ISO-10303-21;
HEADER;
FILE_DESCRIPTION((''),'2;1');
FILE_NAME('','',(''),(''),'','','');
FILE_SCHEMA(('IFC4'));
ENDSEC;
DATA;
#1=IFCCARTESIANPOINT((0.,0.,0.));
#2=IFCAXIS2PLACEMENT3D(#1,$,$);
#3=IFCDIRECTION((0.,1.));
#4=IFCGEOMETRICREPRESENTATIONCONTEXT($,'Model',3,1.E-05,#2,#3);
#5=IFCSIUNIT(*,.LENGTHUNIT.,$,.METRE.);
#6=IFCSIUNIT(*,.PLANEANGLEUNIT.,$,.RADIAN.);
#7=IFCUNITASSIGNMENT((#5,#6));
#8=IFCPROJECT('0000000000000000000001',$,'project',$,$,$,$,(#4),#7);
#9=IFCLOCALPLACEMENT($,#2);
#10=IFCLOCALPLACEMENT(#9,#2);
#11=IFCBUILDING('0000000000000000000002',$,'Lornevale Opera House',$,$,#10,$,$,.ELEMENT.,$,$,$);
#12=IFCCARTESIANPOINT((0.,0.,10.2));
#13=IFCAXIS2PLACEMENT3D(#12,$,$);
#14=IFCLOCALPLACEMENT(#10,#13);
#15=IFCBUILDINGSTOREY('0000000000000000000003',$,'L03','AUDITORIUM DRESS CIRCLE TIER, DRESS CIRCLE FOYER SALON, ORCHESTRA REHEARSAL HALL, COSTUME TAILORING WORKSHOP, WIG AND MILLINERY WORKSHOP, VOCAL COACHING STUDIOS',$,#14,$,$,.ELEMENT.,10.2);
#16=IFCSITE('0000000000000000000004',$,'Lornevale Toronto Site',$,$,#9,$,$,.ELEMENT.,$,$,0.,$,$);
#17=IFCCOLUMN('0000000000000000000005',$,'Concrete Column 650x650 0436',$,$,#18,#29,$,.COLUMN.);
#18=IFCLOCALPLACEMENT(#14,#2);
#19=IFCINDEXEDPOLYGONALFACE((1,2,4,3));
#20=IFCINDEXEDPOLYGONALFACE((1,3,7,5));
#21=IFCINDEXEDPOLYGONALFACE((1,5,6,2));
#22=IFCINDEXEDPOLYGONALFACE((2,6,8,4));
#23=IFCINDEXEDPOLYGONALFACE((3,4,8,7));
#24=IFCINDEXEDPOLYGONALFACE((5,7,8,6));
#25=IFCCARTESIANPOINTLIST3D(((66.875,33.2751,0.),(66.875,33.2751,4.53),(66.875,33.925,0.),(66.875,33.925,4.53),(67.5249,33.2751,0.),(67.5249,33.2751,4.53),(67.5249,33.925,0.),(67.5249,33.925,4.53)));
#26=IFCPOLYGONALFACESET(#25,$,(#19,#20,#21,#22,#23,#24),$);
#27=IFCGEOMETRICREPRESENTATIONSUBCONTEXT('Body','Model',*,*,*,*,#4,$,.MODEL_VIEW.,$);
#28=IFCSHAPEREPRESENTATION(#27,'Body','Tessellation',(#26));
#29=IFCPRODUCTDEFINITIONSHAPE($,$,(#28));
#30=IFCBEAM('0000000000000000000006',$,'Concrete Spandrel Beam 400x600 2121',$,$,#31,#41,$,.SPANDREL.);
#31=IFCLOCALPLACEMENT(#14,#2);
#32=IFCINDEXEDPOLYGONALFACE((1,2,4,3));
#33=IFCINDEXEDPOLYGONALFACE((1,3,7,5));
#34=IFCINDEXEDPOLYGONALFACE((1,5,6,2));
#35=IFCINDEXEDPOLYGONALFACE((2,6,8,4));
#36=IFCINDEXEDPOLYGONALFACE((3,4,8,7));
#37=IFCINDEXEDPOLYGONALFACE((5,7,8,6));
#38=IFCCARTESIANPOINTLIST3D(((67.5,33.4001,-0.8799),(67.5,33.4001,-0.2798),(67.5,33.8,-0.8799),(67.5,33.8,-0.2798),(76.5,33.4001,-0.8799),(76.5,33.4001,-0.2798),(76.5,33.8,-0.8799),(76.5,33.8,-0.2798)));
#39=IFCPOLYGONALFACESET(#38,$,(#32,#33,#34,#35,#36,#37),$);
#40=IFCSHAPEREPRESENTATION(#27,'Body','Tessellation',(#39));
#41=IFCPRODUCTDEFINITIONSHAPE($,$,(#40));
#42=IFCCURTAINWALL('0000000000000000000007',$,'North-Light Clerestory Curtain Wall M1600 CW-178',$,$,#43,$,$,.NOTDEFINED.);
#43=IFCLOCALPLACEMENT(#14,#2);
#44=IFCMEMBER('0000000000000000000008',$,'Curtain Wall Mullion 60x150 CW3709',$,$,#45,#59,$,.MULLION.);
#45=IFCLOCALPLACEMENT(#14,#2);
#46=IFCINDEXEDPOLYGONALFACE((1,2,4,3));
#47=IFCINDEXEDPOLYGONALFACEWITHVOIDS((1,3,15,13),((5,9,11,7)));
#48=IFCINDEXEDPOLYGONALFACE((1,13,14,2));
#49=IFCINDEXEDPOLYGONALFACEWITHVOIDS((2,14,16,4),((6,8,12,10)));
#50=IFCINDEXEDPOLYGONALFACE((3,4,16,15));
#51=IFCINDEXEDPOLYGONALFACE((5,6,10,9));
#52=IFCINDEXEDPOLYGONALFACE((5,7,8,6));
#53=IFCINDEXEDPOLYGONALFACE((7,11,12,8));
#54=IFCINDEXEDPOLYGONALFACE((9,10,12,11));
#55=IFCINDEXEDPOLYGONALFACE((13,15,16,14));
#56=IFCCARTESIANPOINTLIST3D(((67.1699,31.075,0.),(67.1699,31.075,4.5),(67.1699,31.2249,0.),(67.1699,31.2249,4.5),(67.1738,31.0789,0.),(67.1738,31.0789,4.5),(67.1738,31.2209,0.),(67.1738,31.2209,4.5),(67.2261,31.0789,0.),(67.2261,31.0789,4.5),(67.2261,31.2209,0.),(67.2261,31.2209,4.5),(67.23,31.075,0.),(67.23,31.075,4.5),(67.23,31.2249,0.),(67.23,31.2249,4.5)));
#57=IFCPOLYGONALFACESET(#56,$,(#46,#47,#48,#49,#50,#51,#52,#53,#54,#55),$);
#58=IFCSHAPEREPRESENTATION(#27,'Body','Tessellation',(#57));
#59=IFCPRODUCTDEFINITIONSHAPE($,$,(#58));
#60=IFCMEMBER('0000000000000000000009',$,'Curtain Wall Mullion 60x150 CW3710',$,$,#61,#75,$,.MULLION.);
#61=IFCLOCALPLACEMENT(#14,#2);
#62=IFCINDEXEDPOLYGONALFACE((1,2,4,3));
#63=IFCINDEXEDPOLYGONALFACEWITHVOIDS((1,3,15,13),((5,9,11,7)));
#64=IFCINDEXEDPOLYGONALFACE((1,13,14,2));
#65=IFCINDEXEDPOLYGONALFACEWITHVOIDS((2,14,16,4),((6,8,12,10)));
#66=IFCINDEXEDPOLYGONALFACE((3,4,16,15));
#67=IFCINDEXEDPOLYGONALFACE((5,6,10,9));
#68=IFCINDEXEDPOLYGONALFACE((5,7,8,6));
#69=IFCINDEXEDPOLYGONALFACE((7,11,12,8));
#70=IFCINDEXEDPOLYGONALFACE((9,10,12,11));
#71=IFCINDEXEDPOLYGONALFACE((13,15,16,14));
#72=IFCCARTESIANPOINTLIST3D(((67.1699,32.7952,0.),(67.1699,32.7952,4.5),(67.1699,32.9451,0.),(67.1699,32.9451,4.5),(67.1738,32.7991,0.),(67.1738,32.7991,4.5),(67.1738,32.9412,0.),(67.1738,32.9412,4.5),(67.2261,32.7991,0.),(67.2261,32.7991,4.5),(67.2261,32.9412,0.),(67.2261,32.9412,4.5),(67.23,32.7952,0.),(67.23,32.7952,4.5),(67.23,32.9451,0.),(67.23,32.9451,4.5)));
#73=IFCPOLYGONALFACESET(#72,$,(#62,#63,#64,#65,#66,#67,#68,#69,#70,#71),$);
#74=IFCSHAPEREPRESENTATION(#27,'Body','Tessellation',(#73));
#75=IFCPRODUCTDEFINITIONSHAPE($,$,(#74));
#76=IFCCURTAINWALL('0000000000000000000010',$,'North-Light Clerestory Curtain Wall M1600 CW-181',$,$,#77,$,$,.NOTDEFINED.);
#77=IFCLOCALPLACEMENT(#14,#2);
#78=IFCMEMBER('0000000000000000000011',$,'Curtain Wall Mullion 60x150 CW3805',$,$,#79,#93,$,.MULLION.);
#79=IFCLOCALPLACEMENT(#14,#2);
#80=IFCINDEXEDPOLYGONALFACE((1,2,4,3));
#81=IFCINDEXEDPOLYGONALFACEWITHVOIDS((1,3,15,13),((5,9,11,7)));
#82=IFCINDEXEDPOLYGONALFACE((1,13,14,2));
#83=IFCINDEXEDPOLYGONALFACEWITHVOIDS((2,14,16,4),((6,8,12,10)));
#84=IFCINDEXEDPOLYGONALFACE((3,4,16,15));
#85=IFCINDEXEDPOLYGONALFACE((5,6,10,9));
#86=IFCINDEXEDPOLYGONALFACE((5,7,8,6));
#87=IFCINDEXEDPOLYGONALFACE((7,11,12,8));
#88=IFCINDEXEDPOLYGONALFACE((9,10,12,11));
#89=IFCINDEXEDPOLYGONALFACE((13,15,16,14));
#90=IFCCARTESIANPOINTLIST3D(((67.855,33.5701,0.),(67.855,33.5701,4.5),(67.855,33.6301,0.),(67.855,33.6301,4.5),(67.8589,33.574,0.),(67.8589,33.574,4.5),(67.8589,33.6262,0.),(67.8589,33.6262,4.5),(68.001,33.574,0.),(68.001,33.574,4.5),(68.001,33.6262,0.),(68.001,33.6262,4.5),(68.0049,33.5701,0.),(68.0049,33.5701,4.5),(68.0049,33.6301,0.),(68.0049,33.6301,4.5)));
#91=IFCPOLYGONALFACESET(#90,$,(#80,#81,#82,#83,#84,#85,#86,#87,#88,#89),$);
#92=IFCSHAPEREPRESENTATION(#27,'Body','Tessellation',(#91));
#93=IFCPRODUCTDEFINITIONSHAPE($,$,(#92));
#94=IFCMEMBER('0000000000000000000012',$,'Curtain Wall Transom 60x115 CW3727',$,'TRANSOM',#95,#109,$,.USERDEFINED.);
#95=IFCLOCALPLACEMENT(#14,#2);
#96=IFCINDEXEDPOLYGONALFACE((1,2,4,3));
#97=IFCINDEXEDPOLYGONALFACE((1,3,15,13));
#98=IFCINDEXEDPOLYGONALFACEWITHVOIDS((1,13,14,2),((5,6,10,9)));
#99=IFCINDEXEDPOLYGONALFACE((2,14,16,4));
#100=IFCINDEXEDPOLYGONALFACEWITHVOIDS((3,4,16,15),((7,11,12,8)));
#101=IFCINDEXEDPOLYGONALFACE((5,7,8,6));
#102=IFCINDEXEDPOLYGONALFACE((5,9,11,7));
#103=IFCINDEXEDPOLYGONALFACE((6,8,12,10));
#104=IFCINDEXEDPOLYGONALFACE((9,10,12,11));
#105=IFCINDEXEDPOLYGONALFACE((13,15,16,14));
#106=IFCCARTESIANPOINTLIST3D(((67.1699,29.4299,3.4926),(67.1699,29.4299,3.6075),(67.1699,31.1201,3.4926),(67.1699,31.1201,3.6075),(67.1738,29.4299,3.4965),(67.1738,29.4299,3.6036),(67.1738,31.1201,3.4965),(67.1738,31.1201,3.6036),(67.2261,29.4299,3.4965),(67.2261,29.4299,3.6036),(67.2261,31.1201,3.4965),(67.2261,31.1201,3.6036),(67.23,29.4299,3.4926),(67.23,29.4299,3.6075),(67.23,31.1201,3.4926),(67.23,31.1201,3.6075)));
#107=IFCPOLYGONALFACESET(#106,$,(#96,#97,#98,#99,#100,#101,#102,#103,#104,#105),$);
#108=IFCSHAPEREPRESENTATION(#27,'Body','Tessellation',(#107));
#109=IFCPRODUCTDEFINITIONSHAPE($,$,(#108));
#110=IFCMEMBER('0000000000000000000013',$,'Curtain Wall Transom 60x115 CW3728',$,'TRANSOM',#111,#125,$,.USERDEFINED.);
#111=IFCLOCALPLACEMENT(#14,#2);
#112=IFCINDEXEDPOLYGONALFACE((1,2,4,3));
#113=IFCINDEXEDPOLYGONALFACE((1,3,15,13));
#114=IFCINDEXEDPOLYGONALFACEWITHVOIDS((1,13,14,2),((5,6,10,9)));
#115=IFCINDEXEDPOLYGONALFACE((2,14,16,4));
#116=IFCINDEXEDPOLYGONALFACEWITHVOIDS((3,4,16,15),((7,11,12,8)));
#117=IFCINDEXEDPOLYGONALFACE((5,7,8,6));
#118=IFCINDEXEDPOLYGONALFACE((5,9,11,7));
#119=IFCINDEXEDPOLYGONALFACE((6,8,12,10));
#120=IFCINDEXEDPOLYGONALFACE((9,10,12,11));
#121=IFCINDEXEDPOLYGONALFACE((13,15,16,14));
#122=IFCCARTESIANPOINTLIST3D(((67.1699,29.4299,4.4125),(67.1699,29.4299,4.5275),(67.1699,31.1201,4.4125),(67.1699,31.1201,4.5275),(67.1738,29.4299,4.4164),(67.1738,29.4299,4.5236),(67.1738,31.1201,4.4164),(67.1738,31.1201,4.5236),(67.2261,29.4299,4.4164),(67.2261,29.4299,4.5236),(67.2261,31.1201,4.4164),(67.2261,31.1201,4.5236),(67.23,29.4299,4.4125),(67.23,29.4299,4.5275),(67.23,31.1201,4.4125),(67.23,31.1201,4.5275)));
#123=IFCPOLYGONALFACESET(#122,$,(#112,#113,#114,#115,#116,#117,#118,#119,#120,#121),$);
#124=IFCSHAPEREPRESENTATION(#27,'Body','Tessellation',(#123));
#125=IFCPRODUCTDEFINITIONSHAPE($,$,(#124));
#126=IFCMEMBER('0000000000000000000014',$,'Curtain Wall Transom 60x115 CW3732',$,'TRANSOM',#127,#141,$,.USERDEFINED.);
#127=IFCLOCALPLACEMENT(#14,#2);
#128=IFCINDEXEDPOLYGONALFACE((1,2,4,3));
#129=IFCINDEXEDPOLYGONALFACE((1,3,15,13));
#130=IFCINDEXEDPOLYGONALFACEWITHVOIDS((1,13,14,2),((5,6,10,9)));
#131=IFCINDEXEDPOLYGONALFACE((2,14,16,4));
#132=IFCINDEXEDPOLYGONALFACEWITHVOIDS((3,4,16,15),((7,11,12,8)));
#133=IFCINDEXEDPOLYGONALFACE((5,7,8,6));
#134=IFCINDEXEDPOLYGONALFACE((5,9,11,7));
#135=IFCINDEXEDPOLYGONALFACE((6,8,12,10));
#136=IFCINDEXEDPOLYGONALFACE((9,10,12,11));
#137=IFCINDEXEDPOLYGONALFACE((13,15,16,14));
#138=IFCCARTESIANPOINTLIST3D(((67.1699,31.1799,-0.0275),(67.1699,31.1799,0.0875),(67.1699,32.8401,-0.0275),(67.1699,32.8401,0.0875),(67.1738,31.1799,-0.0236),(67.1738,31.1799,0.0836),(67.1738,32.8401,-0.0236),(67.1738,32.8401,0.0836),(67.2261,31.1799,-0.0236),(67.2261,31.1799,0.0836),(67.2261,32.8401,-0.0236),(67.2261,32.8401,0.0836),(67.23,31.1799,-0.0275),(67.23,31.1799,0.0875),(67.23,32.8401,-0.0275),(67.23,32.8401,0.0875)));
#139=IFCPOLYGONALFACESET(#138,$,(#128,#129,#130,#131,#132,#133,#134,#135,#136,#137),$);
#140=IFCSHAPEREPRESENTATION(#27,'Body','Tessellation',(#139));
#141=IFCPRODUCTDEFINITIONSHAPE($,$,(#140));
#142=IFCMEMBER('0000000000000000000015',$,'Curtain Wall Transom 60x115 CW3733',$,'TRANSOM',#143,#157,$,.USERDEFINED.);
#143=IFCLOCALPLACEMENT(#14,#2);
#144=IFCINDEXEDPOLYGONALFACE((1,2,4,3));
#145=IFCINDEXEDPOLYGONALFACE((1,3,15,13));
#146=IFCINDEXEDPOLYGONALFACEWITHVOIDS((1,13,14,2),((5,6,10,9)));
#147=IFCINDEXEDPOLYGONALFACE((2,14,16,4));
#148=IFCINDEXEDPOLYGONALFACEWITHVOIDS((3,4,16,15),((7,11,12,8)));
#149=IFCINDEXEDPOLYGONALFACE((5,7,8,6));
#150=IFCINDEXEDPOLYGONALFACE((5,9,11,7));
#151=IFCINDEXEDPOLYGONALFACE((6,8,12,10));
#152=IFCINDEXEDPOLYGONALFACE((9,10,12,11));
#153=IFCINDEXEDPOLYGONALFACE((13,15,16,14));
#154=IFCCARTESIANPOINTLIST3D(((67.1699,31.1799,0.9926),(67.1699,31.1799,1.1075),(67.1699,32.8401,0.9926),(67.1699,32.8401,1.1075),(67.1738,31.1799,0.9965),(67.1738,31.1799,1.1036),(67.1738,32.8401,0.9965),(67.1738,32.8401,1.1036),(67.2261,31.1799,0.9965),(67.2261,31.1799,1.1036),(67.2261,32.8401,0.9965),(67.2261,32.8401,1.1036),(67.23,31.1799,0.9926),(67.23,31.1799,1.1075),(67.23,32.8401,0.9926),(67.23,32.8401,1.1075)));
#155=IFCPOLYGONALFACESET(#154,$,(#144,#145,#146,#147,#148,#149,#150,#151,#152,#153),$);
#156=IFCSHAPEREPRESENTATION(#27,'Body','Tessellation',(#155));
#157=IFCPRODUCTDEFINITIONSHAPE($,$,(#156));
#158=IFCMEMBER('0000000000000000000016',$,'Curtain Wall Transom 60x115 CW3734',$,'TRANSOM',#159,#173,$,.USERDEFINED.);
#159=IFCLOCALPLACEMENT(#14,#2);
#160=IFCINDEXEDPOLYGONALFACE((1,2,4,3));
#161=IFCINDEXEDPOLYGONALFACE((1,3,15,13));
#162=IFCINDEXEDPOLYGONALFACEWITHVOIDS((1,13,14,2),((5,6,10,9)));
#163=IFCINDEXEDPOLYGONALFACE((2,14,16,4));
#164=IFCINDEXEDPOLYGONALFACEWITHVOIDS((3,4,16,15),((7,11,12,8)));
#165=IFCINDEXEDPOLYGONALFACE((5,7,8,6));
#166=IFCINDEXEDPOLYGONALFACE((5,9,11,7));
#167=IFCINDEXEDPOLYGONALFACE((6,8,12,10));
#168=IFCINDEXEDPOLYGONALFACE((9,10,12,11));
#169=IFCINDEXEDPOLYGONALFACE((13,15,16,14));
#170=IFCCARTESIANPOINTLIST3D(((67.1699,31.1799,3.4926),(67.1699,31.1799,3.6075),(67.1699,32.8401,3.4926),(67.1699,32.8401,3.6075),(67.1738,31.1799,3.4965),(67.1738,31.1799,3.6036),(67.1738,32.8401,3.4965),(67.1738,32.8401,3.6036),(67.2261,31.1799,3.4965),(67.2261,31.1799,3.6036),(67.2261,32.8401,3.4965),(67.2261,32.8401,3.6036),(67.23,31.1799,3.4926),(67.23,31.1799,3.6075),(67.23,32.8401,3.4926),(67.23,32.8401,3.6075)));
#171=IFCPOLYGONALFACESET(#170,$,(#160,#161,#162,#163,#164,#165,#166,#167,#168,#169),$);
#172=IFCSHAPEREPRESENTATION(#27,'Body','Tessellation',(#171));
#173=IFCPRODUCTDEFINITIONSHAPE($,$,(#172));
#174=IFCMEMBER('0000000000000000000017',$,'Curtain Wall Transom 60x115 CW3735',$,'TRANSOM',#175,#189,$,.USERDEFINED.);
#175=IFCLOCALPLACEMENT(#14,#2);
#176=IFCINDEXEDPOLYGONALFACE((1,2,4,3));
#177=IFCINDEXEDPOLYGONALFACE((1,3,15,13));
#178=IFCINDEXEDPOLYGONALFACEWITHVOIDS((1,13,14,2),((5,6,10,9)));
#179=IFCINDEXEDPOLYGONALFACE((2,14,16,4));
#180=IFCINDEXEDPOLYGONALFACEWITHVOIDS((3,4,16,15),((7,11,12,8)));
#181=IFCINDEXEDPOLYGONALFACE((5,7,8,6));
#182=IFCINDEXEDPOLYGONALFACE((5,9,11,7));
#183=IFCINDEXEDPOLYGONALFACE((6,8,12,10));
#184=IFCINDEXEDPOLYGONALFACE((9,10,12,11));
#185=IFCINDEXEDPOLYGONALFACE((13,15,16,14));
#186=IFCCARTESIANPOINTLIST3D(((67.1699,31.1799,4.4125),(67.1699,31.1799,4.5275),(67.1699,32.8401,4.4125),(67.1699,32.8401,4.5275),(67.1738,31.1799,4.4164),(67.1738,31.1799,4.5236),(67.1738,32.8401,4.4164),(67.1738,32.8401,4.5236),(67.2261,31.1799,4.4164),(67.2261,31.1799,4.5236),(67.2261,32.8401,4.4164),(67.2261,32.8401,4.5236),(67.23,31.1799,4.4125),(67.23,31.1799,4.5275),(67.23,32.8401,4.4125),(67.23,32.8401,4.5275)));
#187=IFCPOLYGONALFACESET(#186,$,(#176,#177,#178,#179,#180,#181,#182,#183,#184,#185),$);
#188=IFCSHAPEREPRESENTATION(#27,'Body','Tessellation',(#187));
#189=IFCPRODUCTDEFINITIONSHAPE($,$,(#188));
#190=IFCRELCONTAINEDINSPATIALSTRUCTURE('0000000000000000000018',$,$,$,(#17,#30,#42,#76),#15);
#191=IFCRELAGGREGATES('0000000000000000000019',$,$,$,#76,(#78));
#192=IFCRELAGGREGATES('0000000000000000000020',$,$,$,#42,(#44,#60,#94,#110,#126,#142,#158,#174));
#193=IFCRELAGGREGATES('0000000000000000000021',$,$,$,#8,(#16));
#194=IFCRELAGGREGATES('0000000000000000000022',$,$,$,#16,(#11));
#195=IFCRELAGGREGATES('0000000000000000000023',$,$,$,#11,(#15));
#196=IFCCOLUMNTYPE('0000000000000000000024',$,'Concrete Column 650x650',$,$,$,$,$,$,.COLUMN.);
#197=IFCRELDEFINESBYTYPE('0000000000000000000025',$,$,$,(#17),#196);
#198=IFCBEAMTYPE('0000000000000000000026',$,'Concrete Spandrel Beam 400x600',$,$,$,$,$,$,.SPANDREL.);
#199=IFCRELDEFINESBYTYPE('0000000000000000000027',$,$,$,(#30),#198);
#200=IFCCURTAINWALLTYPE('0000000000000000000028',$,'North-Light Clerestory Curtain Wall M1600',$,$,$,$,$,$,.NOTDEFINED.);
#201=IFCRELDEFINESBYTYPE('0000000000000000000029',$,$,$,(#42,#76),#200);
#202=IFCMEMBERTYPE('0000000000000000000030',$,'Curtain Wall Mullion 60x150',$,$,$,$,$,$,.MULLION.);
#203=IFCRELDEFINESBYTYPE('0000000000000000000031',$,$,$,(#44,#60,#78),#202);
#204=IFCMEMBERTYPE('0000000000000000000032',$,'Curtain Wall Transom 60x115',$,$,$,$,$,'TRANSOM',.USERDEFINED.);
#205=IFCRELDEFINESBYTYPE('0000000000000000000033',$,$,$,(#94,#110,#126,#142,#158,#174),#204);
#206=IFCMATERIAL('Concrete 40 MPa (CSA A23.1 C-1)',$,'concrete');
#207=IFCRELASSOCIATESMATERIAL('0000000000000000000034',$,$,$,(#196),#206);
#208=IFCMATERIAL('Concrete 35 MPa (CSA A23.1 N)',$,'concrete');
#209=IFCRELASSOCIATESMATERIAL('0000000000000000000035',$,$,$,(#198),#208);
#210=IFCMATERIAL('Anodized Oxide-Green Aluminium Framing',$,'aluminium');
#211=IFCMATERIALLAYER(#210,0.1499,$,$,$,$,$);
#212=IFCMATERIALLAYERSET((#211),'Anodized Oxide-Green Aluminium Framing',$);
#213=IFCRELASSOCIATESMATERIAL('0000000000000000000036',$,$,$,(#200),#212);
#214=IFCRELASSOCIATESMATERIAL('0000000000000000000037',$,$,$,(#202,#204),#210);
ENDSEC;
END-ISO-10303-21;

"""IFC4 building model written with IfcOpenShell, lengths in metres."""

from ifc_helpers import new_model, si_unit, direction, frame, origin, origin_2d, place, context, subcontext, project, spatial, rectangle, hollow_rectangle, extrude, material, layer, layer_set, material_profile, profile_set, type_object, element, aggregate, save


model = new_model("IFC4")

# Units and contexts
model_context = context("Model", 3, precision=1e-05, world=origin(), true_north=direction((0.0, 1.0)))
body_context = subcontext(model_context, "Body", "Model", "MODEL_VIEW")
ifc_project = project(units=[si_unit("LENGTHUNIT", "METRE"), si_unit("PLANEANGLEUNIT", "RADIAN")], contexts=[model_context])

# Site, building, storey
site_placement = place(None, origin())
site = spatial("IfcSite", under=ifc_project, at=site_placement, Name="Lornevale Toronto Site", CompositionType="ELEMENT", RefElevation=0.0)
building_placement = place(site_placement, origin())
building = spatial("IfcBuilding", under=site, at=building_placement, Name="Lornevale Opera House", CompositionType="ELEMENT")
storey_placement = place(building_placement, frame((0.0, 0.0, 10.2)))
storey = spatial("IfcBuildingStorey", under=building, at=storey_placement, Name="L03", Description="AUDITORIUM DRESS CIRCLE TIER, DRESS CIRCLE FOYER SALON, ORCHESTRA REHEARSAL HALL, COSTUME TAILORING WORKSHOP, WIG AND MILLINERY WORKSHOP, VOCAL COACHING STUDIOS", CompositionType="ELEMENT", Elevation=10.2)

# Column
ifc_material_1 = material(Name="Concrete 40 MPa (CSA A23.1 C-1)", Category="concrete")
ifc_material_profile_1 = material_profile(ifc_material_1, rectangle(XDim=0.6499, YDim=0.6499, at=origin_2d()), Name="RC650x650")
ifc_profile_set_1 = profile_set([ifc_material_profile_1], Name="Concrete 40 MPa (CSA A23.1 C-1)")
column_type = type_object("IfcColumnType", Name="Concrete Column 650x650", PredefinedType="COLUMN", material=ifc_profile_set_1)
column_placement = place(storey_placement, frame((67.2, 33.6001, 0.0), z_axis=(0.0, 0.0, 1.0), x_axis=(1.0, 0.0, 0.0)))
element("IfcColumn", 1, at=column_placement, inside=storey, type_object=column_type, Name="Concrete Column 650x650 0436", PredefinedType="COLUMN", context=body_context, shape_type="SweptSolid", body=[
    extrude(rectangle(XDim=0.6499, YDim=0.6499, at=origin_2d()), origin(), (0.0, 0.0, 1.0), 4.53),
])

# Beam
ifc_material_2 = material(Name="Concrete 35 MPa (CSA A23.1 N)", Category="concrete")
ifc_material_profile_2 = material_profile(ifc_material_2, rectangle(XDim=0.3999, YDim=0.6001, at=origin_2d()), Name="RC400x600")
ifc_profile_set_2 = profile_set([ifc_material_profile_2], Name="Concrete 35 MPa (CSA A23.1 N)")
beam_type = type_object("IfcBeamType", Name="Concrete Spandrel Beam 400x600", PredefinedType="SPANDREL", material=ifc_profile_set_2)
beam_placement = place(storey_placement, frame((67.5, 33.6001, -0.5798), z_axis=(1.0, 0.0, 0.0), x_axis=(0.0, 1.0, 0.0)))
element("IfcBeam", 2, at=beam_placement, inside=storey, type_object=beam_type, Name="Concrete Spandrel Beam 400x600 2121", PredefinedType="SPANDREL", context=body_context, shape_type="SweptSolid", body=[
    extrude(rectangle(XDim=0.3999, YDim=0.6001, at=origin_2d()), origin(), (0.0, 0.0, 1.0), 9.0),
])

# Curtain wall, members
ifc_material_3 = material(Name="Anodized Oxide-Green Aluminium Framing", Category="aluminium")
ifc_layer_1 = layer(ifc_material_3, 0.1499)
ifc_layer_set_1 = layer_set([ifc_layer_1], Name="Anodized Oxide-Green Aluminium Framing")
curtain_wall_type = type_object("IfcCurtainWallType", Name="North-Light Clerestory Curtain Wall M1600", PredefinedType="NOTDEFINED", material=ifc_layer_set_1)
curtain_wall_1_placement = place(storey_placement, origin())
curtain_wall_1 = element("IfcCurtainWall", 3, at=curtain_wall_1_placement, inside=storey, type_object=curtain_wall_type, Name="North-Light Clerestory Curtain Wall M1600 CW-178", PredefinedType="NOTDEFINED")
ifc_material_profile_3 = material_profile(ifc_material_3, hollow_rectangle(XDim=0.0601, YDim=0.1499, WallThickness=0.0039, at=origin_2d()), Name="ALU60x150x4")
ifc_profile_set_3 = profile_set([ifc_material_profile_3], Name="Anodized Oxide-Green Aluminium Framing")
member_type_1 = type_object("IfcMemberType", Name="Curtain Wall Mullion 60x150", PredefinedType="MULLION", material=ifc_profile_set_3)
member_1_placement = place(storey_placement, frame((67.2, 31.1499, 0.0), z_axis=(0.0, 0.0, 1.0), x_axis=(-1.0, 0.0, 0.0)))
member_1 = element("IfcMember", 4, at=member_1_placement, type_object=member_type_1, Name="Curtain Wall Mullion 60x150 CW3709", PredefinedType="MULLION", context=body_context, shape_type="SweptSolid", body=[
    extrude(hollow_rectangle(XDim=0.0601, YDim=0.1499, WallThickness=0.0039, at=origin_2d()), origin(), (0.0, 0.0, 1.0), 4.5),
])
member_2_placement = place(storey_placement, frame((67.2, 32.8701, 0.0), z_axis=(0.0, 0.0, 1.0), x_axis=(-1.0, 0.0, 0.0)))
member_2 = element("IfcMember", 5, at=member_2_placement, type_object=member_type_1, Name="Curtain Wall Mullion 60x150 CW3710", PredefinedType="MULLION", context=body_context, shape_type="SweptSolid", body=[
    extrude(hollow_rectangle(XDim=0.0601, YDim=0.1499, WallThickness=0.0039, at=origin_2d()), origin(), (0.0, 0.0, 1.0), 4.5),
])

# Curtain wall, member
curtain_wall_2_placement = place(storey_placement, origin())
curtain_wall_2 = element("IfcCurtainWall", 6, at=curtain_wall_2_placement, inside=storey, type_object=curtain_wall_type, Name="North-Light Clerestory Curtain Wall M1600 CW-181", PredefinedType="NOTDEFINED")
member_3_placement = place(storey_placement, frame((67.9299, 33.6001, 0.0), z_axis=(0.0, 0.0, 1.0), x_axis=(0.0, 1.0, 0.0)))
member_3 = element("IfcMember", 7, at=member_3_placement, type_object=member_type_1, Name="Curtain Wall Mullion 60x150 CW3805", PredefinedType="MULLION", context=body_context, shape_type="SweptSolid", body=[
    extrude(hollow_rectangle(XDim=0.0601, YDim=0.1499, WallThickness=0.0039, at=origin_2d()), origin(), (0.0, 0.0, 1.0), 4.5),
])

# Members
ifc_material_profile_4 = material_profile(ifc_material_3, hollow_rectangle(XDim=0.0601, YDim=0.115, WallThickness=0.0039, at=origin_2d()), Name="ALU60x115x4")
ifc_profile_set_4 = profile_set([ifc_material_profile_4], Name="Anodized Oxide-Green Aluminium Framing")
member_type_2 = type_object("IfcMemberType", Name="Curtain Wall Transom 60x115", ElementType="TRANSOM", PredefinedType="USERDEFINED", material=ifc_profile_set_4)
member_4_placement = place(storey_placement, frame((67.2, 29.4299, 3.55), z_axis=(0.0, 1.0, 0.0), x_axis=(-1.0, 0.0, 0.0)))
member_4 = element("IfcMember", 8, at=member_4_placement, type_object=member_type_2, Name="Curtain Wall Transom 60x115 CW3727", ObjectType="TRANSOM", PredefinedType="USERDEFINED", context=body_context, shape_type="SweptSolid", body=[
    extrude(hollow_rectangle(XDim=0.0601, YDim=0.115, WallThickness=0.0039, at=origin_2d()), origin(), (0.0, 0.0, 1.0), 1.6902),
])
member_5_placement = place(storey_placement, frame((67.2, 29.4299, 4.47), z_axis=(0.0, 1.0, 0.0), x_axis=(-1.0, 0.0, 0.0)))
member_5 = element("IfcMember", 9, at=member_5_placement, type_object=member_type_2, Name="Curtain Wall Transom 60x115 CW3728", ObjectType="TRANSOM", PredefinedType="USERDEFINED", context=body_context, shape_type="SweptSolid", body=[
    extrude(hollow_rectangle(XDim=0.0601, YDim=0.115, WallThickness=0.0039, at=origin_2d()), origin(), (0.0, 0.0, 1.0), 1.6902),
])
member_6_placement = place(storey_placement, frame((67.2, 31.1799, 0.03), z_axis=(0.0, 1.0, 0.0), x_axis=(-1.0, 0.0, 0.0)))
member_6 = element("IfcMember", 10, at=member_6_placement, type_object=member_type_2, Name="Curtain Wall Transom 60x115 CW3732", ObjectType="TRANSOM", PredefinedType="USERDEFINED", context=body_context, shape_type="SweptSolid", body=[
    extrude(hollow_rectangle(XDim=0.0601, YDim=0.115, WallThickness=0.0039, at=origin_2d()), origin(), (0.0, 0.0, 1.0), 1.6602),
])
member_7_placement = place(storey_placement, frame((67.2, 31.1799, 1.05), z_axis=(0.0, 1.0, 0.0), x_axis=(-1.0, 0.0, 0.0)))
member_7 = element("IfcMember", 11, at=member_7_placement, type_object=member_type_2, Name="Curtain Wall Transom 60x115 CW3733", ObjectType="TRANSOM", PredefinedType="USERDEFINED", context=body_context, shape_type="SweptSolid", body=[
    extrude(hollow_rectangle(XDim=0.0601, YDim=0.115, WallThickness=0.0039, at=origin_2d()), origin(), (0.0, 0.0, 1.0), 1.6602),
])
member_8_placement = place(storey_placement, frame((67.2, 31.1799, 3.55), z_axis=(0.0, 1.0, 0.0), x_axis=(-1.0, 0.0, 0.0)))
member_8 = element("IfcMember", 12, at=member_8_placement, type_object=member_type_2, Name="Curtain Wall Transom 60x115 CW3734", ObjectType="TRANSOM", PredefinedType="USERDEFINED", context=body_context, shape_type="SweptSolid", body=[
    extrude(hollow_rectangle(XDim=0.0601, YDim=0.115, WallThickness=0.0039, at=origin_2d()), origin(), (0.0, 0.0, 1.0), 1.6602),
])
member_9_placement = place(storey_placement, frame((67.2, 31.1799, 4.47), z_axis=(0.0, 1.0, 0.0), x_axis=(-1.0, 0.0, 0.0)))
member_9 = element("IfcMember", 13, at=member_9_placement, type_object=member_type_2, Name="Curtain Wall Transom 60x115 CW3735", ObjectType="TRANSOM", PredefinedType="USERDEFINED", context=body_context, shape_type="SweptSolid", body=[
    extrude(hollow_rectangle(XDim=0.0601, YDim=0.115, WallThickness=0.0039, at=origin_2d()), origin(), (0.0, 0.0, 1.0), 1.6602),
])
aggregate(curtain_wall_2, [member_3])

aggregate(curtain_wall_1, [member_1, member_2, member_4, member_5, member_6, member_7, member_8, member_9])

save(model, "model.ifc")
